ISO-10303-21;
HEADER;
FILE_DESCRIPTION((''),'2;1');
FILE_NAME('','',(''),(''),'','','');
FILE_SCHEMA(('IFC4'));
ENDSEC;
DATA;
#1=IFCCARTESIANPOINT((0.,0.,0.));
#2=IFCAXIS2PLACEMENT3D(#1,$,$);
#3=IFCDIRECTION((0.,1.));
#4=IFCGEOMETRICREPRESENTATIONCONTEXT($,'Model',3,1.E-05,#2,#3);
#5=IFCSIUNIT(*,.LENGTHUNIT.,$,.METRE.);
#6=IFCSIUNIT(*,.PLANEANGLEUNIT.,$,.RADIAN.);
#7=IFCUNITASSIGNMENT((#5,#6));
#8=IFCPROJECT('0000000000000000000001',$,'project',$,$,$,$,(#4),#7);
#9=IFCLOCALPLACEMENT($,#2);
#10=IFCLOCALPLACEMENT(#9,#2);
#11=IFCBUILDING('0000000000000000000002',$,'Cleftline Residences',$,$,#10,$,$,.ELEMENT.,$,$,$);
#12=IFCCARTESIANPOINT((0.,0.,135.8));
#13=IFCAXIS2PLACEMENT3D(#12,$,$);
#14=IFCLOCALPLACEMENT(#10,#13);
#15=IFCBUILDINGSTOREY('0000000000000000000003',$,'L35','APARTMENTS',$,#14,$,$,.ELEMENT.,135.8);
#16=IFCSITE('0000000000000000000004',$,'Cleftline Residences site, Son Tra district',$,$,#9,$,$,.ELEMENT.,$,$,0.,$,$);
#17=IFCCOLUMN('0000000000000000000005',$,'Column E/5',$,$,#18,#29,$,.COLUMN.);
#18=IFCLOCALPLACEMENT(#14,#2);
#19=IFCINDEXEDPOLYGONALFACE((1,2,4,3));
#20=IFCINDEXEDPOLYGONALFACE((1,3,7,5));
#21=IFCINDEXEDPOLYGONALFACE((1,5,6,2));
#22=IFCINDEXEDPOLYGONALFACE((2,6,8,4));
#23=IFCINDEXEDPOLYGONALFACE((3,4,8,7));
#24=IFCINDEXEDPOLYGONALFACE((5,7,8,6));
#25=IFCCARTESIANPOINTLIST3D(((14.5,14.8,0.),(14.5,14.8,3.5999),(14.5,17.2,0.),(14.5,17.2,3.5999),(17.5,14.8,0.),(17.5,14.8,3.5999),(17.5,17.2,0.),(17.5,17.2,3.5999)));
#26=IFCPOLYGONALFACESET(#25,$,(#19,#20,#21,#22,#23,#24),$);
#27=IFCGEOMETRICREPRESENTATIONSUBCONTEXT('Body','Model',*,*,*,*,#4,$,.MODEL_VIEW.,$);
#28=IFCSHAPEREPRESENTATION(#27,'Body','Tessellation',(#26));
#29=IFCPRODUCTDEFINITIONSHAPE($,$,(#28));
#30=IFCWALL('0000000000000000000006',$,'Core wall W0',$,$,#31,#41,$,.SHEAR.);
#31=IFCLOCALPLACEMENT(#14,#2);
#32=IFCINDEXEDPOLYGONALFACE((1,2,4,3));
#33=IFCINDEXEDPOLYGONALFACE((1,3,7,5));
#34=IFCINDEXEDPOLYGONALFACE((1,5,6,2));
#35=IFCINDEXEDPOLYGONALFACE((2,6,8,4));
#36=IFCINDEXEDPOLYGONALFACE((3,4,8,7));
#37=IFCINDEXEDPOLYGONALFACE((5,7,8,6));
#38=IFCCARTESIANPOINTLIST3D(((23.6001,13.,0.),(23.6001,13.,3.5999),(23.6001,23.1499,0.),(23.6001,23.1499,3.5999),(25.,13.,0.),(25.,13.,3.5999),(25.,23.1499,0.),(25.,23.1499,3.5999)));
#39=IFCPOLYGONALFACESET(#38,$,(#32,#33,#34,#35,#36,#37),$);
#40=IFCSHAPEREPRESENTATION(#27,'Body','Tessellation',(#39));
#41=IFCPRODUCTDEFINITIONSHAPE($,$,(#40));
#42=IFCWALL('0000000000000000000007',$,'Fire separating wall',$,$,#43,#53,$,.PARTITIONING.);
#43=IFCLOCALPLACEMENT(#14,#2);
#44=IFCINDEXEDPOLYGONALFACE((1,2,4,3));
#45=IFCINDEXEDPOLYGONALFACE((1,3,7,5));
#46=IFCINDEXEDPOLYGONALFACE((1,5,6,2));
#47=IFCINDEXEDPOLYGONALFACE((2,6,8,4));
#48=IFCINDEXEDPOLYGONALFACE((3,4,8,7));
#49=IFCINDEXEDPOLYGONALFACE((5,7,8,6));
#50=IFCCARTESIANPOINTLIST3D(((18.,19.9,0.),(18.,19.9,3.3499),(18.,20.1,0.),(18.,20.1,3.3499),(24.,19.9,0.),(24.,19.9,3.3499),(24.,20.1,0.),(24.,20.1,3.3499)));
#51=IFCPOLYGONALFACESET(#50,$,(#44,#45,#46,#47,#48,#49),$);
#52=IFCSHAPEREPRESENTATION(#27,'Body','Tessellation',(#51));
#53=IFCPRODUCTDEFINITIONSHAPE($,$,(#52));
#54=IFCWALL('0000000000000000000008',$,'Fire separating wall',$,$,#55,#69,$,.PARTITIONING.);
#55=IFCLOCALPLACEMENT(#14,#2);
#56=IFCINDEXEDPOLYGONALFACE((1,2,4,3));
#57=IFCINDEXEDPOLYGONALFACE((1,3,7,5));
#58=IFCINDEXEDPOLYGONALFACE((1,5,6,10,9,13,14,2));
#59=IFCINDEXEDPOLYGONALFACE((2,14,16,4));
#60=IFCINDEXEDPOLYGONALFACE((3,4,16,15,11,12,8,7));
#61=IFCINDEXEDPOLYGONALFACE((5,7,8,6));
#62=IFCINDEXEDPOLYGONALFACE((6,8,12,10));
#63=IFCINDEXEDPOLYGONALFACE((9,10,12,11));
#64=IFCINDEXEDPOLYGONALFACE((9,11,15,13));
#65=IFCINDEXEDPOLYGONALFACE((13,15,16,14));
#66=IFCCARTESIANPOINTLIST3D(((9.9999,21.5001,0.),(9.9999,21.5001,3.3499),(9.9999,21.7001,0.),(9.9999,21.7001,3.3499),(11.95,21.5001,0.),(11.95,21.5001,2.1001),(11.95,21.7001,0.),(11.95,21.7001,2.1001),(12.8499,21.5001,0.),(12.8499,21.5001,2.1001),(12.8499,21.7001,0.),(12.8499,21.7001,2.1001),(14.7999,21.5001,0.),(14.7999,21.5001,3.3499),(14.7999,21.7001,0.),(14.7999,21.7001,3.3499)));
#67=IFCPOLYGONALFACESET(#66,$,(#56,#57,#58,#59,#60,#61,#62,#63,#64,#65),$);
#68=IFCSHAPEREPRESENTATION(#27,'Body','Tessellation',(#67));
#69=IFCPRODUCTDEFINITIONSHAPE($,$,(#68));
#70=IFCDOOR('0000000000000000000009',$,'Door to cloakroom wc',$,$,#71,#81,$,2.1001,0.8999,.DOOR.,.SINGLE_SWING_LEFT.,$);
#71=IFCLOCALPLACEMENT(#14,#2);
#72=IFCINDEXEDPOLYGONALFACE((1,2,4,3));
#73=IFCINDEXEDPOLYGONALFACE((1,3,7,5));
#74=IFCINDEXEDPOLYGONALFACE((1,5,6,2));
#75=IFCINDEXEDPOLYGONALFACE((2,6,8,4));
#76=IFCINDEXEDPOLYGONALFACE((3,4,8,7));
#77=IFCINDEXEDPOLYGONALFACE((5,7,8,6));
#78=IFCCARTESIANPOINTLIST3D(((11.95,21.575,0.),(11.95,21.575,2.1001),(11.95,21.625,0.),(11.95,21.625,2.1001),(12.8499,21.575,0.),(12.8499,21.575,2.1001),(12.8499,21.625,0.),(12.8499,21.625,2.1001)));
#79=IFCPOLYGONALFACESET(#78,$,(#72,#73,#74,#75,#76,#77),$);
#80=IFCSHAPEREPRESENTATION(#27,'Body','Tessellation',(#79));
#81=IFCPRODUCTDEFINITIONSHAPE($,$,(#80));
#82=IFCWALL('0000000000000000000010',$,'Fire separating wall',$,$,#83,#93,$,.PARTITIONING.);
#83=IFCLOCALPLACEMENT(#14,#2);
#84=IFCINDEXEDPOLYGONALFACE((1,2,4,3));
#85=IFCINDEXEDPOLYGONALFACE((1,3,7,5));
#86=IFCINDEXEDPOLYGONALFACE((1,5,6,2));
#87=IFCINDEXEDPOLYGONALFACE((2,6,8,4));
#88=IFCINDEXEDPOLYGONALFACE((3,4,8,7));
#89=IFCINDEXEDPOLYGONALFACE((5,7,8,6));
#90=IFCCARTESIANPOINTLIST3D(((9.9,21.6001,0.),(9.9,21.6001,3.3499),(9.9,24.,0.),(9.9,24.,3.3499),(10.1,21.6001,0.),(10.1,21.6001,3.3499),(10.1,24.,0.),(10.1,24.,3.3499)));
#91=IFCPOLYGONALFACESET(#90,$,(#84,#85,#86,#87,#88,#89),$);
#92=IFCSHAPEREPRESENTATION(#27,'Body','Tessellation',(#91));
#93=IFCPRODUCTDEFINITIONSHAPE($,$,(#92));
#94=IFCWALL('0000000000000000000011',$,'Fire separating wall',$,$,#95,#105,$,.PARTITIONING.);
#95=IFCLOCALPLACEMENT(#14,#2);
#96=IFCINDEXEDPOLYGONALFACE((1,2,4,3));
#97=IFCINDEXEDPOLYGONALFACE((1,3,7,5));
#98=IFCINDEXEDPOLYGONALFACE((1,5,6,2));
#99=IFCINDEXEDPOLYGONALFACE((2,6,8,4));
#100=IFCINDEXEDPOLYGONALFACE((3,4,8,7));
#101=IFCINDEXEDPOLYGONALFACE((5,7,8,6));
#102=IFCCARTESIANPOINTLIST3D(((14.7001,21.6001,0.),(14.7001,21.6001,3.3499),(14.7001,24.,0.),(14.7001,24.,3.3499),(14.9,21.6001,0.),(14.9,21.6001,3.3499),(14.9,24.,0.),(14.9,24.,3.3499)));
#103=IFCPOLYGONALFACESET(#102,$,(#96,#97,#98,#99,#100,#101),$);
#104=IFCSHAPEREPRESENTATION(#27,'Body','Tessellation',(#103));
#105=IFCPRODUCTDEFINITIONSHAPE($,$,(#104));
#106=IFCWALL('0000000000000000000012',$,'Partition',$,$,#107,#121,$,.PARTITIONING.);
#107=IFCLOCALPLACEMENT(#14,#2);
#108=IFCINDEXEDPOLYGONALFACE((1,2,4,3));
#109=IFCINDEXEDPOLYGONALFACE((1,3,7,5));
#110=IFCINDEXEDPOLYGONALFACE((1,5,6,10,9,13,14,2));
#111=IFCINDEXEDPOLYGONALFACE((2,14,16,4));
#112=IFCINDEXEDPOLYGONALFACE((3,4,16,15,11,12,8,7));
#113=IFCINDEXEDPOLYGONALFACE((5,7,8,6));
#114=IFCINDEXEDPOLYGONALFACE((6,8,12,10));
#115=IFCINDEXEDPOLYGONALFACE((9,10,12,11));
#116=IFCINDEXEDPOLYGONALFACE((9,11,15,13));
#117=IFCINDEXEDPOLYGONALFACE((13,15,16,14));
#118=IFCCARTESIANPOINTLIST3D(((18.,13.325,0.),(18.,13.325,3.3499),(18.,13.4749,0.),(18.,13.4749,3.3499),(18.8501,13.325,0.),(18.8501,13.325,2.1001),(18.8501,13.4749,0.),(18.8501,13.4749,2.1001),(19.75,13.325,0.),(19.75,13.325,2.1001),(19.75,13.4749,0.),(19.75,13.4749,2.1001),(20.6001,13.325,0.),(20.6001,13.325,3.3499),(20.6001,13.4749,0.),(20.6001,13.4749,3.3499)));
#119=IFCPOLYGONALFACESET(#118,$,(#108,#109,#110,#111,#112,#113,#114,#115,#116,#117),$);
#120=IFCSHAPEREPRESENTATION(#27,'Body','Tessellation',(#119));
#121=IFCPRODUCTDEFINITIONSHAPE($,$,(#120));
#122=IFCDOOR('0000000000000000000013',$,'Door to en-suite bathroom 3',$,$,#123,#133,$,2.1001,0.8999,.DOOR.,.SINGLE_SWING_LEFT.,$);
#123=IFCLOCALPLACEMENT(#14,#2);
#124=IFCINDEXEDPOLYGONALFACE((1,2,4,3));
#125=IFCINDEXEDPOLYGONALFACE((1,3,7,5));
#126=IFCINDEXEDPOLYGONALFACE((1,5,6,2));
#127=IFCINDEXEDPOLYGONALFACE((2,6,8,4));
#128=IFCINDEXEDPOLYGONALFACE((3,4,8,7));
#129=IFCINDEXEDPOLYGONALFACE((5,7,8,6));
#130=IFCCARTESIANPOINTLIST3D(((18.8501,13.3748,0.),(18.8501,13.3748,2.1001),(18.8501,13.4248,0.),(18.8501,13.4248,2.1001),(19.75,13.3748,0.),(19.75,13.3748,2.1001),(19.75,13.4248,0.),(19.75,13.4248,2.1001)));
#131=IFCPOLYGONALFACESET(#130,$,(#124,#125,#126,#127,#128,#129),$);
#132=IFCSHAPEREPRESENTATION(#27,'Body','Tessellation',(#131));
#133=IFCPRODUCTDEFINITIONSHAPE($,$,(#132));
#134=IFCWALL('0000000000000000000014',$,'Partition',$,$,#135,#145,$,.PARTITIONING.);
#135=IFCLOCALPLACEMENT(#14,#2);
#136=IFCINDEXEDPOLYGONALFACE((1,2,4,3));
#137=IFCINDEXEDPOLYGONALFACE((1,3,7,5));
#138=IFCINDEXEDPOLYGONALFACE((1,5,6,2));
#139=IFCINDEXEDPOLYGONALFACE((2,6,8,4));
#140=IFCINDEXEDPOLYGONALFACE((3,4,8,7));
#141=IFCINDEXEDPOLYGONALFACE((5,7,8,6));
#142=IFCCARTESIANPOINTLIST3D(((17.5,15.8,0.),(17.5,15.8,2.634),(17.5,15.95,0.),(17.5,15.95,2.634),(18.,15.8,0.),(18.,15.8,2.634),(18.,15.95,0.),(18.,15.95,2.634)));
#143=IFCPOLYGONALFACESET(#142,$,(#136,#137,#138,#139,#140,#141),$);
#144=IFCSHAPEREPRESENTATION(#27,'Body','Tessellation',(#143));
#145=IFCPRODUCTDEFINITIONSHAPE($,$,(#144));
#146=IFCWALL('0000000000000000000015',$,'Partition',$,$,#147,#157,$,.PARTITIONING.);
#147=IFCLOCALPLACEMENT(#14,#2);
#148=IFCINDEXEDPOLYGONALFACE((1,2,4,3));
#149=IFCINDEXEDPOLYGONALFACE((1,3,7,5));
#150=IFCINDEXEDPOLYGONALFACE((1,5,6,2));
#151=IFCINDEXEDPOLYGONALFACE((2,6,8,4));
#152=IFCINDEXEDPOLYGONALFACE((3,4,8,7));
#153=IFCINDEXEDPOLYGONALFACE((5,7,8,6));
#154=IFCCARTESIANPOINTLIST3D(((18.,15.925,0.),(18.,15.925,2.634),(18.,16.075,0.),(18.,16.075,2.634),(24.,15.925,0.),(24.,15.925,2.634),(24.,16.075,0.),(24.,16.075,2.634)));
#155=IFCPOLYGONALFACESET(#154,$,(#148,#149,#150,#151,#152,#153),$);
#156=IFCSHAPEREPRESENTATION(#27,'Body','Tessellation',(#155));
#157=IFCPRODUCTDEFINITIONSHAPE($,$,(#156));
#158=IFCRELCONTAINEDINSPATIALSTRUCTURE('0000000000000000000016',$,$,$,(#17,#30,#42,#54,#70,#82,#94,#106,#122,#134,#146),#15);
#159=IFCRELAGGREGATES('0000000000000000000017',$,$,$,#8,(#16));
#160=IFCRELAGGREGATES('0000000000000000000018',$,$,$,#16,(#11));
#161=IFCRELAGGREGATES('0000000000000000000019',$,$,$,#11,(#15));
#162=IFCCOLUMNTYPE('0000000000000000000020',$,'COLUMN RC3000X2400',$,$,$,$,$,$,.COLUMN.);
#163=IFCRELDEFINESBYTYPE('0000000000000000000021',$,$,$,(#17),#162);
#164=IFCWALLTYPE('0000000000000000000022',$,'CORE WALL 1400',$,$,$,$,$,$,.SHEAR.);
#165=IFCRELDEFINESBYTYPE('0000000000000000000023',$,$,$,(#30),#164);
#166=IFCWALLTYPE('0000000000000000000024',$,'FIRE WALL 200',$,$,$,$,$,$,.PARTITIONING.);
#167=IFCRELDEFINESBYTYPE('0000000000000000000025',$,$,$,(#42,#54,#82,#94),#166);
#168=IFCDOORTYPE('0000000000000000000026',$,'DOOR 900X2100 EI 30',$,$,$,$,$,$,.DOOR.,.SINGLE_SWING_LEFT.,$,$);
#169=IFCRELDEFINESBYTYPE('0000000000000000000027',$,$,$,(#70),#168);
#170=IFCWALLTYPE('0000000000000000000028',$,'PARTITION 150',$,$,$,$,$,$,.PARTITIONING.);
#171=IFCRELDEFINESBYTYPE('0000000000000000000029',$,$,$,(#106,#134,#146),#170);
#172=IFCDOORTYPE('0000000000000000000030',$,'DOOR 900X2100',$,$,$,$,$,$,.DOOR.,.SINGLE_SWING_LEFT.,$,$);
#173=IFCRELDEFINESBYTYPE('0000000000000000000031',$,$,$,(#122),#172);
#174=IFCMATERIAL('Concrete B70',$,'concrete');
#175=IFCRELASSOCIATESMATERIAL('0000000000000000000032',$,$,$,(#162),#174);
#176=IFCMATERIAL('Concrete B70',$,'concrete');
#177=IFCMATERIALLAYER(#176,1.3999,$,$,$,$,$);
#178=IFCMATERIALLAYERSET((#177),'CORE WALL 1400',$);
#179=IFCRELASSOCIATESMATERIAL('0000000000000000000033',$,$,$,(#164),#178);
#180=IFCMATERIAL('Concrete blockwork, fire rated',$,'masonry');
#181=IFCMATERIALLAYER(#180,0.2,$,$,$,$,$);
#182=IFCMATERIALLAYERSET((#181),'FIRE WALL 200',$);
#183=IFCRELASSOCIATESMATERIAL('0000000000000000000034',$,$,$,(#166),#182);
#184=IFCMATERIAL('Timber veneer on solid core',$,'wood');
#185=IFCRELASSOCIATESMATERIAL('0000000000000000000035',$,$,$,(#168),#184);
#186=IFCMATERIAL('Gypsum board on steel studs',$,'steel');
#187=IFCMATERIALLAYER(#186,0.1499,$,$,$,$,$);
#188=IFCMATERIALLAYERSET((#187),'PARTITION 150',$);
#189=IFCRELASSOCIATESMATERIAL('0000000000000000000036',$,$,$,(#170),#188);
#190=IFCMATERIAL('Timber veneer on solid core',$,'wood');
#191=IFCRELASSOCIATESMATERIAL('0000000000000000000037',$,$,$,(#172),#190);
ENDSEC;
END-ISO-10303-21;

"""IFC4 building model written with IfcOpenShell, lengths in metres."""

from ifc_helpers import new_model, si_unit, direction, frame, frame_2d, origin, origin_2d, place, context, subcontext, project, spatial, rectangle, extrude, material, layer, layer_set, material_profile, profile_set, type_object, element, fill, save


model = new_model("IFC4")

# Units and contexts
model_context = context("Model", 3, precision=1e-05, world=origin(), true_north=direction((0.0, 1.0)))
body_context = subcontext(model_context, "Body", "Model", "MODEL_VIEW")
ifc_project = project(units=[si_unit("LENGTHUNIT", "METRE"), si_unit("PLANEANGLEUNIT", "RADIAN")], contexts=[model_context])

# Site, building, storey
site_placement = place(None, origin())
site = spatial("IfcSite", under=ifc_project, at=site_placement, Name="Cleftline Residences site, Son Tra district", CompositionType="ELEMENT", RefElevation=0.0)
building_placement = place(site_placement, origin())
building = spatial("IfcBuilding", under=site, at=building_placement, Name="Cleftline Residences", CompositionType="ELEMENT")
storey_placement = place(building_placement, frame((0.0, 0.0, 135.8)))
storey = spatial("IfcBuildingStorey", under=building, at=storey_placement, Name="L35", Description="APARTMENTS", CompositionType="ELEMENT", Elevation=135.8)

# Column
ifc_material_1 = material(Name="Concrete B70", Category="concrete")
ifc_material_profile = material_profile(ifc_material_1, rectangle(XDim=3.0, YDim=2.3999, at=origin_2d()))
ifc_profile_set = profile_set([ifc_material_profile], Name="Concrete B70")
column_type = type_object("IfcColumnType", Name="COLUMN RC3000X2400", PredefinedType="COLUMN", material=ifc_profile_set)
column_placement = place(storey_placement, frame((16.0, 16.0, 0.0), z_axis=(0.0, 0.0, 1.0), x_axis=(1.0, 0.0, 0.0)))
element("IfcColumn", 1, at=column_placement, inside=storey, type_object=column_type, Name="Column E/5", PredefinedType="COLUMN", context=body_context, shape_type="SweptSolid", body=[
    extrude(rectangle(XDim=3.0, YDim=2.3999, at=origin_2d()), origin(), (0.0, 0.0, 1.0), 3.5999),
])

# Walls
ifc_material_2 = material(Name="Concrete B70", Category="concrete")
ifc_layer_1 = layer(ifc_material_2, 1.3999)
ifc_layer_set_1 = layer_set([ifc_layer_1], Name="CORE WALL 1400")
wall_type_1 = type_object("IfcWallType", Name="CORE WALL 1400", PredefinedType="SHEAR", material=ifc_layer_set_1)
wall_1_placement = place(storey_placement, frame((24.3, 13.0, 0.0), z_axis=(0.0, 0.0, 1.0), x_axis=(0.0, 1.0, 0.0)))
element("IfcWall", 2, at=wall_1_placement, inside=storey, type_object=wall_type_1, Name="Core wall W0", PredefinedType="SHEAR", context=body_context, shape_type="SweptSolid", body=[
    extrude(rectangle(XDim=10.1499, YDim=1.3999, at=frame_2d((5.075, 0.0))), origin(), (0.0, 0.0, 1.0), 3.5999),
])
ifc_material_3 = material(Name="Concrete blockwork, fire rated", Category="masonry")
ifc_layer_2 = layer(ifc_material_3, 0.2)
ifc_layer_set_2 = layer_set([ifc_layer_2], Name="FIRE WALL 200")
wall_type_2 = type_object("IfcWallType", Name="FIRE WALL 200", PredefinedType="PARTITIONING", material=ifc_layer_set_2)
wall_2_placement = place(storey_placement, frame((18.0, 20.0, 0.0), z_axis=(0.0, 0.0, 1.0), x_axis=(1.0, 0.0, 0.0)))
element("IfcWall", 3, at=wall_2_placement, inside=storey, type_object=wall_type_2, Name="Fire separating wall", PredefinedType="PARTITIONING", context=body_context, shape_type="SweptSolid", body=[
    extrude(rectangle(XDim=6.0, YDim=0.2, at=frame_2d((3.0, 0.0))), origin(), (0.0, 0.0, 1.0), 3.3499),
])

# Wall, opening, door
wall_3_placement = place(storey_placement, frame((10.0, 21.6001, 0.0), z_axis=(0.0, 0.0, 1.0), x_axis=(1.0, 0.0, 0.0)))
wall_3 = element("IfcWall", 4, at=wall_3_placement, inside=storey, type_object=wall_type_2, Name="Fire separating wall", PredefinedType="PARTITIONING", context=body_context, shape_type="SweptSolid", body=[
    extrude(rectangle(XDim=4.8, YDim=0.2, at=frame_2d((2.3999, 0.0))), origin(), (0.0, 0.0, 1.0), 3.3499),
])
opening_1_placement = place(wall_3_placement, frame((1.95, 0.0, 0.0)))
opening_1 = element("IfcOpeningElement", 5, at=opening_1_placement, cuts=wall_3, PredefinedType="OPENING", context=body_context, shape_type="SweptSolid", body=[
    extrude(rectangle(XDim=0.8999, YDim=2.1001, at=frame_2d((0.45, 1.05))), frame((0.0, 0.1099, 0.0), z_axis=(0.0, -1.0, 0.0), x_axis=(1.0, 0.0, 0.0)), (0.0, 0.0, 1.0), 0.22),
])
ifc_material_4 = material(Name="Timber veneer on solid core", Category="wood")
door_type_1 = type_object("IfcDoorType", Name="DOOR 900X2100 EI 30", OperationType="SINGLE_SWING_LEFT", PredefinedType="DOOR", material=ifc_material_4)
door_1_placement = place(opening_1_placement, origin())
door_1 = element("IfcDoor", 6, at=door_1_placement, inside=storey, type_object=door_type_1, Name="Door to cloakroom wc", OperationType="SINGLE_SWING_LEFT", OverallHeight=2.1001, OverallWidth=0.8999, PredefinedType="DOOR", context=body_context, shape_type="SweptSolid", body=[
    extrude(rectangle(XDim=0.8999, YDim=2.1001, at=frame_2d((0.45, 1.05))), frame((0.0, 0.0249, 0.0), z_axis=(0.0, -1.0, 0.0), x_axis=(1.0, 0.0, 0.0)), (0.0, 0.0, 1.0), 0.05),
])
fill(opening_1, door_1)

# Walls
for number, where, z_axis, x_axis, name in (
    (7, (10.0, 21.6001, 0.0), (0.0, 0.0, 1.0), (0.0, 1.0, 0.0), "Fire separating wall"),
    (8, (14.8, 21.6001, 0.0), (0.0, 0.0, 1.0), (0.0, 1.0, 0.0), "Fire separating wall"),
):
    element("IfcWall", number, at=place(storey_placement, frame(where, z_axis=z_axis, x_axis=x_axis)), inside=storey, type_object=wall_type_2, Name=name, PredefinedType="PARTITIONING", context=body_context, shape_type="SweptSolid", body=[
        extrude(rectangle(XDim=2.3999, YDim=0.2, at=frame_2d((1.2, 0.0))), origin(), (0.0, 0.0, 1.0), 3.3499),
    ])

# Wall, opening, door
ifc_material_5 = material(Name="Gypsum board on steel studs", Category="steel")
ifc_layer_3 = layer(ifc_material_5, 0.1499)
ifc_layer_set_3 = layer_set([ifc_layer_3], Name="PARTITION 150")
wall_type_3 = type_object("IfcWallType", Name="PARTITION 150", PredefinedType="PARTITIONING", material=ifc_layer_set_3)
wall_4_placement = place(storey_placement, frame((18.0, 13.3999, 0.0), z_axis=(0.0, 0.0, 1.0), x_axis=(1.0, 0.0, 0.0)))
wall_4 = element("IfcWall", 9, at=wall_4_placement, inside=storey, type_object=wall_type_3, Name="Partition", PredefinedType="PARTITIONING", context=body_context, shape_type="SweptSolid", body=[
    extrude(rectangle(XDim=2.6001, YDim=0.1499, at=frame_2d((1.3, 0.0))), origin(), (0.0, 0.0, 1.0), 3.3499),
])
opening_2_placement = place(wall_4_placement, frame((0.8501, 0.0, 0.0)))
opening_2 = element("IfcOpeningElement", 10, at=opening_2_placement, cuts=wall_4, PredefinedType="OPENING", context=body_context, shape_type="SweptSolid", body=[
    extrude(rectangle(XDim=0.8999, YDim=2.1001, at=frame_2d((0.45, 1.05))), frame((0.0, 0.085, 0.0), z_axis=(0.0, -1.0, 0.0), x_axis=(1.0, 0.0, 0.0)), (0.0, 0.0, 1.0), 0.1699),
])
ifc_material_6 = material(Name="Timber veneer on solid core", Category="wood")
door_type_2 = type_object("IfcDoorType", Name="DOOR 900X2100", OperationType="SINGLE_SWING_LEFT", PredefinedType="DOOR", material=ifc_material_6)
door_2_placement = place(opening_2_placement, origin())
door_2 = element("IfcDoor", 11, at=door_2_placement, inside=storey, type_object=door_type_2, Name="Door to en-suite bathroom 3", OperationType="SINGLE_SWING_LEFT", OverallHeight=2.1001, OverallWidth=0.8999, PredefinedType="DOOR", context=body_context, shape_type="SweptSolid", body=[
    extrude(rectangle(XDim=0.8999, YDim=2.1001, at=frame_2d((0.45, 1.05))), frame((0.0, 0.0249, 0.0), z_axis=(0.0, -1.0, 0.0), x_axis=(1.0, 0.0, 0.0)), (0.0, 0.0, 1.0), 0.05),
])
fill(opening_2, door_2)

# Walls
wall_5_placement = place(storey_placement, frame((17.5, 15.875, 0.0), z_axis=(0.0, 0.0, 1.0), x_axis=(1.0, 0.0, 0.0)))
element("IfcWall", 12, at=wall_5_placement, inside=storey, type_object=wall_type_3, Name="Partition", PredefinedType="PARTITIONING", context=body_context, shape_type="SweptSolid", body=[
    extrude(rectangle(XDim=0.5, YDim=0.1499, at=frame_2d((0.25, 0.0))), origin(), (0.0, 0.0, 1.0), 2.634),
])
wall_6_placement = place(storey_placement, frame((18.0, 16.0, 0.0), z_axis=(0.0, 0.0, 1.0), x_axis=(1.0, 0.0, 0.0)))
element("IfcWall", 13, at=wall_6_placement, inside=storey, type_object=wall_type_3, Name="Partition", PredefinedType="PARTITIONING", context=body_context, shape_type="SweptSolid", body=[
    extrude(rectangle(XDim=6.0, YDim=0.1499, at=frame_2d((3.0, 0.0))), origin(), (0.0, 0.0, 1.0), 2.634),
])

save(model, "model.ifc")
